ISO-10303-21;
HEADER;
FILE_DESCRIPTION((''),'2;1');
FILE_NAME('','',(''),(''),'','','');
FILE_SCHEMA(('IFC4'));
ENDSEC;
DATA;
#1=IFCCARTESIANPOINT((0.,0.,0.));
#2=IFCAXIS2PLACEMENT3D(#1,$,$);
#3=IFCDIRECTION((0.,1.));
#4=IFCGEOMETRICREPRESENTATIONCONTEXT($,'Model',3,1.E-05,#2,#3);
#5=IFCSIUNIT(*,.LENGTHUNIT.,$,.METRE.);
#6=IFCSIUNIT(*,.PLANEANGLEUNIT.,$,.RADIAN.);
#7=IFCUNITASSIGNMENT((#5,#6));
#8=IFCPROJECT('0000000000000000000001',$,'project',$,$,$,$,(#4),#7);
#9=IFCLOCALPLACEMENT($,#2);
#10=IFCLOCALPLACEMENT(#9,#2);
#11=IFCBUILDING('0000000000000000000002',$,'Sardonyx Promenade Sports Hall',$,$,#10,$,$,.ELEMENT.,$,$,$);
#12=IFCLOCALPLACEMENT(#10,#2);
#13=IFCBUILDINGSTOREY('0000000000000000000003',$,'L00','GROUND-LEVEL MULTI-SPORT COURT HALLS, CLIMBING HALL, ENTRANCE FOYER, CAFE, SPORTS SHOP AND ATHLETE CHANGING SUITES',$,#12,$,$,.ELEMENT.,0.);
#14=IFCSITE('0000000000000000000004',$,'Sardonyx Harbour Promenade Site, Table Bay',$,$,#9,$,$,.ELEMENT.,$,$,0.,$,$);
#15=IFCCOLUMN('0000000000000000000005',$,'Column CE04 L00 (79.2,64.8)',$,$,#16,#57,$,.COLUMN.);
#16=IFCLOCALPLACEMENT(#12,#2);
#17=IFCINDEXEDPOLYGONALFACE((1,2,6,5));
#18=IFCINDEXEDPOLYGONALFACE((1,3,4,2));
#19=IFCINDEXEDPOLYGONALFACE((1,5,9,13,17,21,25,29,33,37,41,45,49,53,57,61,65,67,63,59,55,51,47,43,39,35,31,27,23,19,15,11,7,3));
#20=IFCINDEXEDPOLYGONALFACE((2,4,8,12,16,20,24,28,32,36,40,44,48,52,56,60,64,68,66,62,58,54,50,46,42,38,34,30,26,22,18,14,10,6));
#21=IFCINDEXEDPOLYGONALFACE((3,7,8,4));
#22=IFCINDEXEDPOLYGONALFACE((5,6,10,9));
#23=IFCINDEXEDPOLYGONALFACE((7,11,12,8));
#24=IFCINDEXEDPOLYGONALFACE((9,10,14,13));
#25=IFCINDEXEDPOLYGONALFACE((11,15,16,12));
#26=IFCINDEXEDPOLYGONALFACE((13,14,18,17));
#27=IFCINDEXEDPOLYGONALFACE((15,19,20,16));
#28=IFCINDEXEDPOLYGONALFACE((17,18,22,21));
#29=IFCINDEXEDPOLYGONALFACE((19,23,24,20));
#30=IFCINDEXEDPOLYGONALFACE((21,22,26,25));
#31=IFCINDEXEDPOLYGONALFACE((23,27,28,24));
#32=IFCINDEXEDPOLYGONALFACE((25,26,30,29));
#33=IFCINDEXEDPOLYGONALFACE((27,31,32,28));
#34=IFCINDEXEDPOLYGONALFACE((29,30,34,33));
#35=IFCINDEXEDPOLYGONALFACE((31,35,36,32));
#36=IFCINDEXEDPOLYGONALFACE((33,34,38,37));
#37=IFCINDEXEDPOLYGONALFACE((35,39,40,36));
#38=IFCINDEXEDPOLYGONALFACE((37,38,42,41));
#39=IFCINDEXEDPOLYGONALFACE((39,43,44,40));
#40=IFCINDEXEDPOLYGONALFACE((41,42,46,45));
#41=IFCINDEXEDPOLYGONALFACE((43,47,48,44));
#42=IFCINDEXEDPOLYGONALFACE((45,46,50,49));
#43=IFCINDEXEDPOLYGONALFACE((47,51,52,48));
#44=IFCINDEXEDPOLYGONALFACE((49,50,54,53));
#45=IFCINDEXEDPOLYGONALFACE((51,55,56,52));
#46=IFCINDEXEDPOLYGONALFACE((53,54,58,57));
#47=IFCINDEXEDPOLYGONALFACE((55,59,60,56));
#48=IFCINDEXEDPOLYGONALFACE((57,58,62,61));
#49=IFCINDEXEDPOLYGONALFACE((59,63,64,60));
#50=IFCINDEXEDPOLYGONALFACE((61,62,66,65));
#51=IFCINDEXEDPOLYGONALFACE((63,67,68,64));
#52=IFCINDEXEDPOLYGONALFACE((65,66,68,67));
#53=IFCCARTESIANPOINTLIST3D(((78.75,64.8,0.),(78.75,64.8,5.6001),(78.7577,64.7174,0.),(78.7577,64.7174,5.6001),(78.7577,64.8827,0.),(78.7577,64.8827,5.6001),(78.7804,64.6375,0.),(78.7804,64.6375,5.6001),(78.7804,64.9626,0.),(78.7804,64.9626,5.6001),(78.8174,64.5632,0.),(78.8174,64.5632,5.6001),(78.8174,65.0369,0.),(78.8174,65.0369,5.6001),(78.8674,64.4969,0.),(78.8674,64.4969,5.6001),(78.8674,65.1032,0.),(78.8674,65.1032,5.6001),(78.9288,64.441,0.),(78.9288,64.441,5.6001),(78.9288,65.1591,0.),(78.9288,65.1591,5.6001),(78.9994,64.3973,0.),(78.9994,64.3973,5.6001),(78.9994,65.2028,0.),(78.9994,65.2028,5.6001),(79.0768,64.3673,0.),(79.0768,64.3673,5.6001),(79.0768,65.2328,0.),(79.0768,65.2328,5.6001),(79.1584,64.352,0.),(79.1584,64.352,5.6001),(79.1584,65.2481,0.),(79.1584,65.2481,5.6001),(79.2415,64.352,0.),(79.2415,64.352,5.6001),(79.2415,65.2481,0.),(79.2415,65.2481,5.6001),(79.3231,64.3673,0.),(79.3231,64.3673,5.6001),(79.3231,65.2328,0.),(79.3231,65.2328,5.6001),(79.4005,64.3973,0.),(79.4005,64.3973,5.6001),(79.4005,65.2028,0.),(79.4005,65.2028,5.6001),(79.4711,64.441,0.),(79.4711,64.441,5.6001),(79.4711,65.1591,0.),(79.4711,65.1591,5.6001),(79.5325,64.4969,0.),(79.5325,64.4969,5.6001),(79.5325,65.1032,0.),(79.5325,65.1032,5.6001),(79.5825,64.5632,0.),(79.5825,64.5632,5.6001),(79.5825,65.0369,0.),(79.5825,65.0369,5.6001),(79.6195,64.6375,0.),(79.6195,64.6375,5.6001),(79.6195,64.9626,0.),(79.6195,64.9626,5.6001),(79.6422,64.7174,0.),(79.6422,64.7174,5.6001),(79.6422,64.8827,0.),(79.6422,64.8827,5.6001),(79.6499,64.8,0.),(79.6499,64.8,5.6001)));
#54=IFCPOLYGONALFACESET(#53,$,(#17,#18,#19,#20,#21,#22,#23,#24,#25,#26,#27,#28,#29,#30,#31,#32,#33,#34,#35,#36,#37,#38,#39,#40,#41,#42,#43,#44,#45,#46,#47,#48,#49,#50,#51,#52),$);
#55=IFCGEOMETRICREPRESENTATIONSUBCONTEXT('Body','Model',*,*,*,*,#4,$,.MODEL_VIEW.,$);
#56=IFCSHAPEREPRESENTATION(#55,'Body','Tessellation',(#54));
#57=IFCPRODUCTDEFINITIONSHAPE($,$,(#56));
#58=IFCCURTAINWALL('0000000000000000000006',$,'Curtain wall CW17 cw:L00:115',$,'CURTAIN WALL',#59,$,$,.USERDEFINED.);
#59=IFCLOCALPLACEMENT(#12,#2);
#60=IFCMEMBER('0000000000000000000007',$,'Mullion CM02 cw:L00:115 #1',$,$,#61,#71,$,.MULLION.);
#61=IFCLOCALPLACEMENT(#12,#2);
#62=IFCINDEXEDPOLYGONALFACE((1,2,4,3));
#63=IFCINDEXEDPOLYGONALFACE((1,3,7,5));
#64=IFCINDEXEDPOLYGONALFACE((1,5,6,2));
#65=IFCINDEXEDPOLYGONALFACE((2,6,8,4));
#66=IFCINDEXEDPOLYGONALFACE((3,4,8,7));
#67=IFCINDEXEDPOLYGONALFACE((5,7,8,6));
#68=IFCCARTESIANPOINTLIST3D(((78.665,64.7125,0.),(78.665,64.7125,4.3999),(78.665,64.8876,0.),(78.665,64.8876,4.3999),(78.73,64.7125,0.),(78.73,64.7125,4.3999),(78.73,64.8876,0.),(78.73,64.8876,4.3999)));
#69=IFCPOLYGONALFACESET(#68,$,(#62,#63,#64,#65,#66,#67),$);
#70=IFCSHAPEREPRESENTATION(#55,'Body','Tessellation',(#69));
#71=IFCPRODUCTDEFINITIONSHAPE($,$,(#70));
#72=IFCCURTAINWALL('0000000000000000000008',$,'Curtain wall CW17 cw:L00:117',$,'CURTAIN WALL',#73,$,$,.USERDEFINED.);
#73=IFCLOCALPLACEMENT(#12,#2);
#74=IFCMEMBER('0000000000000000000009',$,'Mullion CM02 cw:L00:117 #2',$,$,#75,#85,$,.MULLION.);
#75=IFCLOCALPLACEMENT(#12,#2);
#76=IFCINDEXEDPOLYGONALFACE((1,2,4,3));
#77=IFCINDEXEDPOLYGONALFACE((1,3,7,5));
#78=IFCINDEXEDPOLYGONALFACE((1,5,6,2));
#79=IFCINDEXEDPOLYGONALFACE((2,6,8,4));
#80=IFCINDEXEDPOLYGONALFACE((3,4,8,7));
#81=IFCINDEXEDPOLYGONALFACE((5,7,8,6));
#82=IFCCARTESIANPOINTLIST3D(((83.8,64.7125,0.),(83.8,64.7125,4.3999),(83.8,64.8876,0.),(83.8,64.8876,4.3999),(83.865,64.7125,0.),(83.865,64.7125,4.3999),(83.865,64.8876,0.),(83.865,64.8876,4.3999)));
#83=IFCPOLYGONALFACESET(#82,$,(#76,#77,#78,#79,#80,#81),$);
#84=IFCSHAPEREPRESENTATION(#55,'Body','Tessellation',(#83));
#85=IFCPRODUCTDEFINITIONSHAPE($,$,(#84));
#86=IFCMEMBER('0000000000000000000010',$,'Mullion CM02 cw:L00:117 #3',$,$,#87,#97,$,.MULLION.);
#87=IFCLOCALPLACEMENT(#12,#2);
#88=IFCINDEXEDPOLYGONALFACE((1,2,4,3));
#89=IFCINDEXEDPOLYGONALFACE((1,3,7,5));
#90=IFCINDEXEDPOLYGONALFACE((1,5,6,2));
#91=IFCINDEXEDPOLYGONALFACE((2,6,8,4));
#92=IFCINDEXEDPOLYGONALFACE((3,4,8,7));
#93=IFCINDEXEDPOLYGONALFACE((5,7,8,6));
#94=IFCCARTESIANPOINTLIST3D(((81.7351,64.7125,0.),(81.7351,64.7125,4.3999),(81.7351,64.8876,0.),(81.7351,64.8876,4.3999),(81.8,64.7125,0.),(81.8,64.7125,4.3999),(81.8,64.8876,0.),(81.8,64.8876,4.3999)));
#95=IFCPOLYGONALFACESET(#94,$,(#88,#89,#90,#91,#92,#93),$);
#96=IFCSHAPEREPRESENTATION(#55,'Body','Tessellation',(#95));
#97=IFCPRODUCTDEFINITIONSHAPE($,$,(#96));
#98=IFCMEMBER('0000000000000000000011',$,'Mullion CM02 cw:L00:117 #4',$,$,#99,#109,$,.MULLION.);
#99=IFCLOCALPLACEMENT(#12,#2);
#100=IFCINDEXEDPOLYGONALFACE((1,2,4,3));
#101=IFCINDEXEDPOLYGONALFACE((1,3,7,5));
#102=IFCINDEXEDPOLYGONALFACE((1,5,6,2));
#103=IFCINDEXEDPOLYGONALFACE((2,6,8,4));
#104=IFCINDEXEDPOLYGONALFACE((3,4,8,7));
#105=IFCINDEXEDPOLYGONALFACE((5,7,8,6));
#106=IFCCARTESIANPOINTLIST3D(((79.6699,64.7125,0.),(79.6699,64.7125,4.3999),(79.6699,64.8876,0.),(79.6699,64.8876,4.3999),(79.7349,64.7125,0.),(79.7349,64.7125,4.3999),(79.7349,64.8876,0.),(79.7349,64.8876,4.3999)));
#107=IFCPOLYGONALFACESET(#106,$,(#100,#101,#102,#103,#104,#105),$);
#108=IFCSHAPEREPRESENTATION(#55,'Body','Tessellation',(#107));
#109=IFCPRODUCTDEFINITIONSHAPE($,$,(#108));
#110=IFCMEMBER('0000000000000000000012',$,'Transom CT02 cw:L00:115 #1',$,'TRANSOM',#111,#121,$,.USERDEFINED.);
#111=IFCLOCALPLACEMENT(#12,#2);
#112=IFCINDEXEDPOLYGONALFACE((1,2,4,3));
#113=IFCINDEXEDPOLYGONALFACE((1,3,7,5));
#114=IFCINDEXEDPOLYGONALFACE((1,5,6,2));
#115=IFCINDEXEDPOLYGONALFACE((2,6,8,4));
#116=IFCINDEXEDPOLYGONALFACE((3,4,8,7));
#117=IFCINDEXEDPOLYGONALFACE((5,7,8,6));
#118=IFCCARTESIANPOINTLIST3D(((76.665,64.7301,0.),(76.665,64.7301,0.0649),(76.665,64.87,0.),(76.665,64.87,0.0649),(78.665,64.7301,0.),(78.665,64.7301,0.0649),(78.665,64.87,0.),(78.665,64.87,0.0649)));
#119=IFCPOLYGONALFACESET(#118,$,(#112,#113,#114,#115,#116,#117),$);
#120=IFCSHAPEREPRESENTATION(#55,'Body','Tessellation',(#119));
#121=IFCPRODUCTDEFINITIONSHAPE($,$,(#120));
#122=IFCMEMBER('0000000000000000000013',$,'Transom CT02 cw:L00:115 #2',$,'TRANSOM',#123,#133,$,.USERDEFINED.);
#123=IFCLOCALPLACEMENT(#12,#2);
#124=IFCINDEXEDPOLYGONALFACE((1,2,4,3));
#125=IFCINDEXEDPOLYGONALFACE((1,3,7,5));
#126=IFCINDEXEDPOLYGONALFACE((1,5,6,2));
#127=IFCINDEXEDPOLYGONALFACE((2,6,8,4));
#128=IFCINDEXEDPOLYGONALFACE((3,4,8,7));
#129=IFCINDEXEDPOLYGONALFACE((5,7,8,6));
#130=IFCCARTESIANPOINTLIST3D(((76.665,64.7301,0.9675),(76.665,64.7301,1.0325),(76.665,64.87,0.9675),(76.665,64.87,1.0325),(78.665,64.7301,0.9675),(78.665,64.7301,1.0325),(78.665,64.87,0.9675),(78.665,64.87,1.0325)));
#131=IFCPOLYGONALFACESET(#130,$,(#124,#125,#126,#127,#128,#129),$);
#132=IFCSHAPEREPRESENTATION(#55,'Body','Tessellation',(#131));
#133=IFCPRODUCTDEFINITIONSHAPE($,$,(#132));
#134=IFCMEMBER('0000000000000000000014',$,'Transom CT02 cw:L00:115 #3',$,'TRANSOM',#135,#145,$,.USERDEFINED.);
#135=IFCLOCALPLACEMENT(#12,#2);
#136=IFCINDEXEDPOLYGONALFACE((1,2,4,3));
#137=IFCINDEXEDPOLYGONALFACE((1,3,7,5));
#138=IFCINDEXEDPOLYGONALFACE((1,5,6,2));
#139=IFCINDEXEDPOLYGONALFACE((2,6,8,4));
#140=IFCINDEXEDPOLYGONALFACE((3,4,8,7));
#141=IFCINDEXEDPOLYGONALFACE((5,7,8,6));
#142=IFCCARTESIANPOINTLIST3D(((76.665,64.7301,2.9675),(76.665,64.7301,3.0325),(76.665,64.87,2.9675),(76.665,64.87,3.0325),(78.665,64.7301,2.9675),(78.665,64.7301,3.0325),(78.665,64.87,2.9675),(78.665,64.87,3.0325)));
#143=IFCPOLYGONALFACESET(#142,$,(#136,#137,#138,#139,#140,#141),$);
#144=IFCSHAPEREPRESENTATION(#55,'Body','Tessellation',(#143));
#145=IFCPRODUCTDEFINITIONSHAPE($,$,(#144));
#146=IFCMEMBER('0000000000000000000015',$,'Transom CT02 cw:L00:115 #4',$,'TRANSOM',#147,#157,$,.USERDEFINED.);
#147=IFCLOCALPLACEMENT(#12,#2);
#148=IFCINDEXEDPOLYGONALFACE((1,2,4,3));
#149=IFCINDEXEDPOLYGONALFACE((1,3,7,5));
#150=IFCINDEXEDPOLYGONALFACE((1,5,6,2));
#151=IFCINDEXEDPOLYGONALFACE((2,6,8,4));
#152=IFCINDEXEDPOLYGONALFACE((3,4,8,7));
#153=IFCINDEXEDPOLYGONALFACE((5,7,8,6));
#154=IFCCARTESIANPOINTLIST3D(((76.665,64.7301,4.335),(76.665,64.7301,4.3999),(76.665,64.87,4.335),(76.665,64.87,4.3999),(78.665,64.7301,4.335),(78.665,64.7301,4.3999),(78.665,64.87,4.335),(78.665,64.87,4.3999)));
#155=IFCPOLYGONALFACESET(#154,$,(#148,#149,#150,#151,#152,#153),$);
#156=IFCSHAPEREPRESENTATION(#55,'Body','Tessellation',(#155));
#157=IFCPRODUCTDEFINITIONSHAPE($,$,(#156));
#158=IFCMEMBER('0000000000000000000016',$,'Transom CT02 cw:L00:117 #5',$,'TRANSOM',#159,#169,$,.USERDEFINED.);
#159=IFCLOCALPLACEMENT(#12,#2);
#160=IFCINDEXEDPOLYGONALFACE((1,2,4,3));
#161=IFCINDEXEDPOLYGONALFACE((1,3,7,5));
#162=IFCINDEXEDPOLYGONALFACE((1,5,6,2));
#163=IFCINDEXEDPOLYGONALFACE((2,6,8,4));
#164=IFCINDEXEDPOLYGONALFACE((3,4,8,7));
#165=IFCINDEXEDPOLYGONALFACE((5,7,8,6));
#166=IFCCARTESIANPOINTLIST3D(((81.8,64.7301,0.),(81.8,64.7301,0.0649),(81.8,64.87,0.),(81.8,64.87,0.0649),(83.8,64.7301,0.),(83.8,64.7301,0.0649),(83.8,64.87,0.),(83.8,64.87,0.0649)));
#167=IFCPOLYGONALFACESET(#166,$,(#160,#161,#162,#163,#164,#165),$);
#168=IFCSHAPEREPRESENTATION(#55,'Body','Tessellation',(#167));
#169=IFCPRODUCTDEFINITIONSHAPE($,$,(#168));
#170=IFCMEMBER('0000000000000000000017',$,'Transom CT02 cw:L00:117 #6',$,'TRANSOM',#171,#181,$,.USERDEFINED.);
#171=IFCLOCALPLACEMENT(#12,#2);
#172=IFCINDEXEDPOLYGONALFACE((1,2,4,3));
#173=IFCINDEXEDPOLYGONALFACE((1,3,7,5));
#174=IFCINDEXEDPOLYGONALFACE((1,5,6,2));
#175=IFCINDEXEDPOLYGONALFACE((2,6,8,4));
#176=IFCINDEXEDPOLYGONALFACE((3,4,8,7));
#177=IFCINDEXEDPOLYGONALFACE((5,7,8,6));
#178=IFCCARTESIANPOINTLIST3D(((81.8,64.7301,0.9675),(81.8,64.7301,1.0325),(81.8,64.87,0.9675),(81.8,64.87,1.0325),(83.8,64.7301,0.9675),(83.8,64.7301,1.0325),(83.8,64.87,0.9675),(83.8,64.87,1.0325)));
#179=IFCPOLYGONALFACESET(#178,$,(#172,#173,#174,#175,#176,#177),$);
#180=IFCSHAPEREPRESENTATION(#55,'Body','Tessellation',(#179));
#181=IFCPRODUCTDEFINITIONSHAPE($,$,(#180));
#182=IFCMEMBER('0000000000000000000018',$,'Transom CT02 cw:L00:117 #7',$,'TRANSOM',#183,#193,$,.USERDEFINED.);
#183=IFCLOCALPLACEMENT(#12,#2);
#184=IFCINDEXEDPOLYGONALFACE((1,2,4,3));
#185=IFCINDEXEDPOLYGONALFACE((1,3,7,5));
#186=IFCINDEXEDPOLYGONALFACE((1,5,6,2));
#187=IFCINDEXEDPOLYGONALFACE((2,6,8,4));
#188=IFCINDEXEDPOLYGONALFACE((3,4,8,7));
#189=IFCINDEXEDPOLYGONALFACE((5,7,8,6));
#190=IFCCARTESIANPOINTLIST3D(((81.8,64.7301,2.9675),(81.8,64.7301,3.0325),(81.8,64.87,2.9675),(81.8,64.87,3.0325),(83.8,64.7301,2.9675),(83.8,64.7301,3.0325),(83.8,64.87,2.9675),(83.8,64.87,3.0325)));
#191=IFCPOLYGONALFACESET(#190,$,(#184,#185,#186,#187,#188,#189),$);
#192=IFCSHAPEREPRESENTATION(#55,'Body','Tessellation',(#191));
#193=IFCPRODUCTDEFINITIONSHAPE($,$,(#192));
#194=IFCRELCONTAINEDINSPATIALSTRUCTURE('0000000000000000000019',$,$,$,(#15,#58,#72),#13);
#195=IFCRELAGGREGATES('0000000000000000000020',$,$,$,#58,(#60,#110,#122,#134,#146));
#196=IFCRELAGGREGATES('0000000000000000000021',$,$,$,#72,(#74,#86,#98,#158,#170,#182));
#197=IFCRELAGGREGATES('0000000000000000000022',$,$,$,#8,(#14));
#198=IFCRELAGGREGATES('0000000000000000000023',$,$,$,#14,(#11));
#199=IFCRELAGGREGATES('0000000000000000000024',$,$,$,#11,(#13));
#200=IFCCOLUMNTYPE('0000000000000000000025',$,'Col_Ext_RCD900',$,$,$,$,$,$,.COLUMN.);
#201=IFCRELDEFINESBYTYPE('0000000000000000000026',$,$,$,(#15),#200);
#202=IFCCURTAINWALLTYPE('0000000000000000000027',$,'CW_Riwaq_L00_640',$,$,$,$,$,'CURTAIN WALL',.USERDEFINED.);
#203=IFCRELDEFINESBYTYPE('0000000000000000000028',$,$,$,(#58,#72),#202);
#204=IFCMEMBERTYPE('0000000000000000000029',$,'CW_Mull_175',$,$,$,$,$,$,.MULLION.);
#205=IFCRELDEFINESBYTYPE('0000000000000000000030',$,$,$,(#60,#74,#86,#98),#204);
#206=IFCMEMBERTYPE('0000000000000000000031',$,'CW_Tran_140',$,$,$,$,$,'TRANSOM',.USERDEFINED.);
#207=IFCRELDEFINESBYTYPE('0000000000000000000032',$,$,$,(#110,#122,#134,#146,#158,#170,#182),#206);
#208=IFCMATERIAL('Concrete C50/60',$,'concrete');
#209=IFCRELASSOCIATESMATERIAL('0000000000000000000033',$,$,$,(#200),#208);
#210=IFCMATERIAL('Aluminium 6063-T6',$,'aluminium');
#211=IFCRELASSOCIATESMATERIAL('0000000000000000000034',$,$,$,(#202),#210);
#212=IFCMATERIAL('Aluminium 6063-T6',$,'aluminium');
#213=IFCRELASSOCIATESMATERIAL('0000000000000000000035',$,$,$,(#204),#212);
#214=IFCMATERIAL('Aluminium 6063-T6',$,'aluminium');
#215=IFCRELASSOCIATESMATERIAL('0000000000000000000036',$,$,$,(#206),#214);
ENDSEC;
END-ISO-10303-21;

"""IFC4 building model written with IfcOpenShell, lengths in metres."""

from ifc_helpers import new_model, si_unit, direction, frame, origin, origin_2d, place, context, subcontext, project, spatial, rectangle, circle, extrude, material, material_profile, profile_set, type_object, element, aggregate, save


model = new_model("IFC4")

# Units and contexts
model_context = context("Model", 3, precision=1e-05, world=origin(), true_north=direction((0.0, 1.0)))
body_context = subcontext(model_context, "Body", "Model", "MODEL_VIEW")
ifc_project = project(units=[si_unit("LENGTHUNIT", "METRE"), si_unit("PLANEANGLEUNIT", "RADIAN")], contexts=[model_context])

# Site, building, storey
site_placement = place(None, origin())
site = spatial("IfcSite", under=ifc_project, at=site_placement, Name="Sardonyx Harbour Promenade Site, Table Bay", CompositionType="ELEMENT", RefElevation=0.0)
building_placement = place(site_placement, origin())
building = spatial("IfcBuilding", under=site, at=building_placement, Name="Sardonyx Promenade Sports Hall", CompositionType="ELEMENT")
storey_placement = place(building_placement, origin())
storey = spatial("IfcBuildingStorey", under=building, at=storey_placement, Name="L00", Description="GROUND-LEVEL MULTI-SPORT COURT HALLS, CLIMBING HALL, ENTRANCE FOYER, CAFE, SPORTS SHOP AND ATHLETE CHANGING SUITES", CompositionType="ELEMENT", Elevation=0.0)

# Column
ifc_material_1 = material(Name="Concrete C50/60", Category="concrete")
ifc_material_profile_1 = material_profile(ifc_material_1, circle(Radius=0.45, at=origin_2d()))
ifc_profile_set_1 = profile_set([ifc_material_profile_1], Name="Concrete C50/60")
column_type = type_object("IfcColumnType", Name="Col_Ext_RCD900", PredefinedType="COLUMN", material=ifc_profile_set_1)
column_placement = place(storey_placement, frame((79.2, 64.8, 0.0), z_axis=(0.0, 0.0, 1.0), x_axis=(1.0, 0.0, 0.0)))
element("IfcColumn", 1, at=column_placement, inside=storey, type_object=column_type, Name="Column CE04 L00 (79.2,64.8)", PredefinedType="COLUMN", context=body_context, shape_type="SweptSolid", body=[
    extrude(circle(Radius=0.45, at=origin_2d()), origin(), (0.0, 0.0, 1.0), 5.6001),
])

# Curtain wall, member
ifc_material_2 = material(Name="Aluminium 6063-T6", Category="aluminium")
curtain_wall_type = type_object("IfcCurtainWallType", Name="CW_Riwaq_L00_640", ElementType="CURTAIN WALL", PredefinedType="USERDEFINED", material=ifc_material_2)
curtain_wall_1_placement = place(storey_placement, origin())
curtain_wall_1 = element("IfcCurtainWall", 2, at=curtain_wall_1_placement, inside=storey, type_object=curtain_wall_type, Name="Curtain wall CW17 cw:L00:115", ObjectType="CURTAIN WALL", PredefinedType="USERDEFINED")
ifc_material_3 = material(Name="Aluminium 6063-T6", Category="aluminium")
ifc_material_profile_2 = material_profile(ifc_material_3, rectangle(XDim=0.0649, YDim=0.175, at=origin_2d()))
ifc_profile_set_2 = profile_set([ifc_material_profile_2], Name="Aluminium 6063-T6")
member_type_1 = type_object("IfcMemberType", Name="CW_Mull_175", PredefinedType="MULLION", material=ifc_profile_set_2)
member_1_placement = place(storey_placement, frame((78.6975, 64.8, 0.0), z_axis=(0.0, 0.0, 1.0), x_axis=(-1.0, 0.0, 0.0)))
member_1 = element("IfcMember", 3, at=member_1_placement, type_object=member_type_1, Name="Mullion CM02 cw:L00:115 #1", PredefinedType="MULLION", context=body_context, shape_type="SweptSolid", body=[
    extrude(rectangle(XDim=0.0649, YDim=0.175, at=origin_2d()), origin(), (0.0, 0.0, 1.0), 4.3999),
])

# Curtain wall, members
curtain_wall_2_placement = place(storey_placement, origin())
curtain_wall_2 = element("IfcCurtainWall", 4, at=curtain_wall_2_placement, inside=storey, type_object=curtain_wall_type, Name="Curtain wall CW17 cw:L00:117", ObjectType="CURTAIN WALL", PredefinedType="USERDEFINED")
member_2_placement = place(storey_placement, frame((83.8325, 64.8, 0.0), z_axis=(0.0, 0.0, 1.0), x_axis=(-1.0, 0.0, 0.0)))
member_2 = element("IfcMember", 5, at=member_2_placement, type_object=member_type_1, Name="Mullion CM02 cw:L00:117 #2", PredefinedType="MULLION", context=body_context, shape_type="SweptSolid", body=[
    extrude(rectangle(XDim=0.0649, YDim=0.175, at=origin_2d()), origin(), (0.0, 0.0, 1.0), 4.3999),
])
member_3_placement = place(storey_placement, frame((81.7676, 64.8, 0.0), z_axis=(0.0, 0.0, 1.0), x_axis=(-1.0, 0.0, 0.0)))
member_3 = element("IfcMember", 6, at=member_3_placement, type_object=member_type_1, Name="Mullion CM02 cw:L00:117 #3", PredefinedType="MULLION", context=body_context, shape_type="SweptSolid", body=[
    extrude(rectangle(XDim=0.0649, YDim=0.175, at=origin_2d()), origin(), (0.0, 0.0, 1.0), 4.3999),
])
member_4_placement = place(storey_placement, frame((79.7024, 64.8, 0.0), z_axis=(0.0, 0.0, 1.0), x_axis=(-1.0, 0.0, 0.0)))
member_4 = element("IfcMember", 7, at=member_4_placement, type_object=member_type_1, Name="Mullion CM02 cw:L00:117 #4", PredefinedType="MULLION", context=body_context, shape_type="SweptSolid", body=[
    extrude(rectangle(XDim=0.0649, YDim=0.175, at=origin_2d()), origin(), (0.0, 0.0, 1.0), 4.3999),
])

# Members
ifc_material_4 = material(Name="Aluminium 6063-T6", Category="aluminium")
ifc_material_profile_3 = material_profile(ifc_material_4, rectangle(XDim=0.0649, YDim=0.1399, at=origin_2d()))
ifc_profile_set_3 = profile_set([ifc_material_profile_3], Name="Aluminium 6063-T6")
member_type_2 = type_object("IfcMemberType", Name="CW_Tran_140", ElementType="TRANSOM", PredefinedType="USERDEFINED", material=ifc_profile_set_3)
member_5_placement = place(storey_placement, frame((78.665, 64.8, 0.0325), z_axis=(-1.0, 0.0, 0.0), x_axis=(0.0, 0.0, 1.0)))
member_5 = element("IfcMember", 8, at=member_5_placement, type_object=member_type_2, Name="Transom CT02 cw:L00:115 #1", ObjectType="TRANSOM", PredefinedType="USERDEFINED", context=body_context, shape_type="SweptSolid", body=[
    extrude(rectangle(XDim=0.0649, YDim=0.1399, at=origin_2d()), origin(), (0.0, 0.0, 1.0), 2.0),
])
member_6_placement = place(storey_placement, frame((78.665, 64.8, 1.0), z_axis=(-1.0, 0.0, 0.0), x_axis=(0.0, 0.0, 1.0)))
member_6 = element("IfcMember", 9, at=member_6_placement, type_object=member_type_2, Name="Transom CT02 cw:L00:115 #2", ObjectType="TRANSOM", PredefinedType="USERDEFINED", context=body_context, shape_type="SweptSolid", body=[
    extrude(rectangle(XDim=0.0649, YDim=0.1399, at=origin_2d()), origin(), (0.0, 0.0, 1.0), 2.0),
])
member_7_placement = place(storey_placement, frame((78.665, 64.8, 3.0), z_axis=(-1.0, 0.0, 0.0), x_axis=(0.0, 0.0, 1.0)))
member_7 = element("IfcMember", 10, at=member_7_placement, type_object=member_type_2, Name="Transom CT02 cw:L00:115 #3", ObjectType="TRANSOM", PredefinedType="USERDEFINED", context=body_context, shape_type="SweptSolid", body=[
    extrude(rectangle(XDim=0.0649, YDim=0.1399, at=origin_2d()), origin(), (0.0, 0.0, 1.0), 2.0),
])
member_8_placement = place(storey_placement, frame((78.665, 64.8, 4.3674), z_axis=(-1.0, 0.0, 0.0), x_axis=(0.0, 0.0, 1.0)))
member_8 = element("IfcMember", 11, at=member_8_placement, type_object=member_type_2, Name="Transom CT02 cw:L00:115 #4", ObjectType="TRANSOM", PredefinedType="USERDEFINED", context=body_context, shape_type="SweptSolid", body=[
    extrude(rectangle(XDim=0.0649, YDim=0.1399, at=origin_2d()), origin(), (0.0, 0.0, 1.0), 2.0),
])
member_9_placement = place(storey_placement, frame((83.8, 64.8, 0.0325), z_axis=(-1.0, 0.0, 0.0), x_axis=(0.0, 0.0, 1.0)))
member_9 = element("IfcMember", 12, at=member_9_placement, type_object=member_type_2, Name="Transom CT02 cw:L00:117 #5", ObjectType="TRANSOM", PredefinedType="USERDEFINED", context=body_context, shape_type="SweptSolid", body=[
    extrude(rectangle(XDim=0.0649, YDim=0.1399, at=origin_2d()), origin(), (0.0, 0.0, 1.0), 2.0),
])
member_10_placement = place(storey_placement, frame((83.8, 64.8, 1.0), z_axis=(-1.0, 0.0, 0.0), x_axis=(0.0, 0.0, 1.0)))
member_10 = element("IfcMember", 13, at=member_10_placement, type_object=member_type_2, Name="Transom CT02 cw:L00:117 #6", ObjectType="TRANSOM", PredefinedType="USERDEFINED", context=body_context, shape_type="SweptSolid", body=[
    extrude(rectangle(XDim=0.0649, YDim=0.1399, at=origin_2d()), origin(), (0.0, 0.0, 1.0), 2.0),
])
member_11_placement = place(storey_placement, frame((83.8, 64.8, 3.0), z_axis=(-1.0, 0.0, 0.0), x_axis=(0.0, 0.0, 1.0)))
member_11 = element("IfcMember", 14, at=member_11_placement, type_object=member_type_2, Name="Transom CT02 cw:L00:117 #7", ObjectType="TRANSOM", PredefinedType="USERDEFINED", context=body_context, shape_type="SweptSolid", body=[
    extrude(rectangle(XDim=0.0649, YDim=0.1399, at=origin_2d()), origin(), (0.0, 0.0, 1.0), 2.0),
])

aggregate(curtain_wall_1, [member_1, member_5, member_6, member_7, member_8])
aggregate(curtain_wall_2, [member_2, member_3, member_4, member_9, member_10, member_11])

save(model, "model.ifc")
